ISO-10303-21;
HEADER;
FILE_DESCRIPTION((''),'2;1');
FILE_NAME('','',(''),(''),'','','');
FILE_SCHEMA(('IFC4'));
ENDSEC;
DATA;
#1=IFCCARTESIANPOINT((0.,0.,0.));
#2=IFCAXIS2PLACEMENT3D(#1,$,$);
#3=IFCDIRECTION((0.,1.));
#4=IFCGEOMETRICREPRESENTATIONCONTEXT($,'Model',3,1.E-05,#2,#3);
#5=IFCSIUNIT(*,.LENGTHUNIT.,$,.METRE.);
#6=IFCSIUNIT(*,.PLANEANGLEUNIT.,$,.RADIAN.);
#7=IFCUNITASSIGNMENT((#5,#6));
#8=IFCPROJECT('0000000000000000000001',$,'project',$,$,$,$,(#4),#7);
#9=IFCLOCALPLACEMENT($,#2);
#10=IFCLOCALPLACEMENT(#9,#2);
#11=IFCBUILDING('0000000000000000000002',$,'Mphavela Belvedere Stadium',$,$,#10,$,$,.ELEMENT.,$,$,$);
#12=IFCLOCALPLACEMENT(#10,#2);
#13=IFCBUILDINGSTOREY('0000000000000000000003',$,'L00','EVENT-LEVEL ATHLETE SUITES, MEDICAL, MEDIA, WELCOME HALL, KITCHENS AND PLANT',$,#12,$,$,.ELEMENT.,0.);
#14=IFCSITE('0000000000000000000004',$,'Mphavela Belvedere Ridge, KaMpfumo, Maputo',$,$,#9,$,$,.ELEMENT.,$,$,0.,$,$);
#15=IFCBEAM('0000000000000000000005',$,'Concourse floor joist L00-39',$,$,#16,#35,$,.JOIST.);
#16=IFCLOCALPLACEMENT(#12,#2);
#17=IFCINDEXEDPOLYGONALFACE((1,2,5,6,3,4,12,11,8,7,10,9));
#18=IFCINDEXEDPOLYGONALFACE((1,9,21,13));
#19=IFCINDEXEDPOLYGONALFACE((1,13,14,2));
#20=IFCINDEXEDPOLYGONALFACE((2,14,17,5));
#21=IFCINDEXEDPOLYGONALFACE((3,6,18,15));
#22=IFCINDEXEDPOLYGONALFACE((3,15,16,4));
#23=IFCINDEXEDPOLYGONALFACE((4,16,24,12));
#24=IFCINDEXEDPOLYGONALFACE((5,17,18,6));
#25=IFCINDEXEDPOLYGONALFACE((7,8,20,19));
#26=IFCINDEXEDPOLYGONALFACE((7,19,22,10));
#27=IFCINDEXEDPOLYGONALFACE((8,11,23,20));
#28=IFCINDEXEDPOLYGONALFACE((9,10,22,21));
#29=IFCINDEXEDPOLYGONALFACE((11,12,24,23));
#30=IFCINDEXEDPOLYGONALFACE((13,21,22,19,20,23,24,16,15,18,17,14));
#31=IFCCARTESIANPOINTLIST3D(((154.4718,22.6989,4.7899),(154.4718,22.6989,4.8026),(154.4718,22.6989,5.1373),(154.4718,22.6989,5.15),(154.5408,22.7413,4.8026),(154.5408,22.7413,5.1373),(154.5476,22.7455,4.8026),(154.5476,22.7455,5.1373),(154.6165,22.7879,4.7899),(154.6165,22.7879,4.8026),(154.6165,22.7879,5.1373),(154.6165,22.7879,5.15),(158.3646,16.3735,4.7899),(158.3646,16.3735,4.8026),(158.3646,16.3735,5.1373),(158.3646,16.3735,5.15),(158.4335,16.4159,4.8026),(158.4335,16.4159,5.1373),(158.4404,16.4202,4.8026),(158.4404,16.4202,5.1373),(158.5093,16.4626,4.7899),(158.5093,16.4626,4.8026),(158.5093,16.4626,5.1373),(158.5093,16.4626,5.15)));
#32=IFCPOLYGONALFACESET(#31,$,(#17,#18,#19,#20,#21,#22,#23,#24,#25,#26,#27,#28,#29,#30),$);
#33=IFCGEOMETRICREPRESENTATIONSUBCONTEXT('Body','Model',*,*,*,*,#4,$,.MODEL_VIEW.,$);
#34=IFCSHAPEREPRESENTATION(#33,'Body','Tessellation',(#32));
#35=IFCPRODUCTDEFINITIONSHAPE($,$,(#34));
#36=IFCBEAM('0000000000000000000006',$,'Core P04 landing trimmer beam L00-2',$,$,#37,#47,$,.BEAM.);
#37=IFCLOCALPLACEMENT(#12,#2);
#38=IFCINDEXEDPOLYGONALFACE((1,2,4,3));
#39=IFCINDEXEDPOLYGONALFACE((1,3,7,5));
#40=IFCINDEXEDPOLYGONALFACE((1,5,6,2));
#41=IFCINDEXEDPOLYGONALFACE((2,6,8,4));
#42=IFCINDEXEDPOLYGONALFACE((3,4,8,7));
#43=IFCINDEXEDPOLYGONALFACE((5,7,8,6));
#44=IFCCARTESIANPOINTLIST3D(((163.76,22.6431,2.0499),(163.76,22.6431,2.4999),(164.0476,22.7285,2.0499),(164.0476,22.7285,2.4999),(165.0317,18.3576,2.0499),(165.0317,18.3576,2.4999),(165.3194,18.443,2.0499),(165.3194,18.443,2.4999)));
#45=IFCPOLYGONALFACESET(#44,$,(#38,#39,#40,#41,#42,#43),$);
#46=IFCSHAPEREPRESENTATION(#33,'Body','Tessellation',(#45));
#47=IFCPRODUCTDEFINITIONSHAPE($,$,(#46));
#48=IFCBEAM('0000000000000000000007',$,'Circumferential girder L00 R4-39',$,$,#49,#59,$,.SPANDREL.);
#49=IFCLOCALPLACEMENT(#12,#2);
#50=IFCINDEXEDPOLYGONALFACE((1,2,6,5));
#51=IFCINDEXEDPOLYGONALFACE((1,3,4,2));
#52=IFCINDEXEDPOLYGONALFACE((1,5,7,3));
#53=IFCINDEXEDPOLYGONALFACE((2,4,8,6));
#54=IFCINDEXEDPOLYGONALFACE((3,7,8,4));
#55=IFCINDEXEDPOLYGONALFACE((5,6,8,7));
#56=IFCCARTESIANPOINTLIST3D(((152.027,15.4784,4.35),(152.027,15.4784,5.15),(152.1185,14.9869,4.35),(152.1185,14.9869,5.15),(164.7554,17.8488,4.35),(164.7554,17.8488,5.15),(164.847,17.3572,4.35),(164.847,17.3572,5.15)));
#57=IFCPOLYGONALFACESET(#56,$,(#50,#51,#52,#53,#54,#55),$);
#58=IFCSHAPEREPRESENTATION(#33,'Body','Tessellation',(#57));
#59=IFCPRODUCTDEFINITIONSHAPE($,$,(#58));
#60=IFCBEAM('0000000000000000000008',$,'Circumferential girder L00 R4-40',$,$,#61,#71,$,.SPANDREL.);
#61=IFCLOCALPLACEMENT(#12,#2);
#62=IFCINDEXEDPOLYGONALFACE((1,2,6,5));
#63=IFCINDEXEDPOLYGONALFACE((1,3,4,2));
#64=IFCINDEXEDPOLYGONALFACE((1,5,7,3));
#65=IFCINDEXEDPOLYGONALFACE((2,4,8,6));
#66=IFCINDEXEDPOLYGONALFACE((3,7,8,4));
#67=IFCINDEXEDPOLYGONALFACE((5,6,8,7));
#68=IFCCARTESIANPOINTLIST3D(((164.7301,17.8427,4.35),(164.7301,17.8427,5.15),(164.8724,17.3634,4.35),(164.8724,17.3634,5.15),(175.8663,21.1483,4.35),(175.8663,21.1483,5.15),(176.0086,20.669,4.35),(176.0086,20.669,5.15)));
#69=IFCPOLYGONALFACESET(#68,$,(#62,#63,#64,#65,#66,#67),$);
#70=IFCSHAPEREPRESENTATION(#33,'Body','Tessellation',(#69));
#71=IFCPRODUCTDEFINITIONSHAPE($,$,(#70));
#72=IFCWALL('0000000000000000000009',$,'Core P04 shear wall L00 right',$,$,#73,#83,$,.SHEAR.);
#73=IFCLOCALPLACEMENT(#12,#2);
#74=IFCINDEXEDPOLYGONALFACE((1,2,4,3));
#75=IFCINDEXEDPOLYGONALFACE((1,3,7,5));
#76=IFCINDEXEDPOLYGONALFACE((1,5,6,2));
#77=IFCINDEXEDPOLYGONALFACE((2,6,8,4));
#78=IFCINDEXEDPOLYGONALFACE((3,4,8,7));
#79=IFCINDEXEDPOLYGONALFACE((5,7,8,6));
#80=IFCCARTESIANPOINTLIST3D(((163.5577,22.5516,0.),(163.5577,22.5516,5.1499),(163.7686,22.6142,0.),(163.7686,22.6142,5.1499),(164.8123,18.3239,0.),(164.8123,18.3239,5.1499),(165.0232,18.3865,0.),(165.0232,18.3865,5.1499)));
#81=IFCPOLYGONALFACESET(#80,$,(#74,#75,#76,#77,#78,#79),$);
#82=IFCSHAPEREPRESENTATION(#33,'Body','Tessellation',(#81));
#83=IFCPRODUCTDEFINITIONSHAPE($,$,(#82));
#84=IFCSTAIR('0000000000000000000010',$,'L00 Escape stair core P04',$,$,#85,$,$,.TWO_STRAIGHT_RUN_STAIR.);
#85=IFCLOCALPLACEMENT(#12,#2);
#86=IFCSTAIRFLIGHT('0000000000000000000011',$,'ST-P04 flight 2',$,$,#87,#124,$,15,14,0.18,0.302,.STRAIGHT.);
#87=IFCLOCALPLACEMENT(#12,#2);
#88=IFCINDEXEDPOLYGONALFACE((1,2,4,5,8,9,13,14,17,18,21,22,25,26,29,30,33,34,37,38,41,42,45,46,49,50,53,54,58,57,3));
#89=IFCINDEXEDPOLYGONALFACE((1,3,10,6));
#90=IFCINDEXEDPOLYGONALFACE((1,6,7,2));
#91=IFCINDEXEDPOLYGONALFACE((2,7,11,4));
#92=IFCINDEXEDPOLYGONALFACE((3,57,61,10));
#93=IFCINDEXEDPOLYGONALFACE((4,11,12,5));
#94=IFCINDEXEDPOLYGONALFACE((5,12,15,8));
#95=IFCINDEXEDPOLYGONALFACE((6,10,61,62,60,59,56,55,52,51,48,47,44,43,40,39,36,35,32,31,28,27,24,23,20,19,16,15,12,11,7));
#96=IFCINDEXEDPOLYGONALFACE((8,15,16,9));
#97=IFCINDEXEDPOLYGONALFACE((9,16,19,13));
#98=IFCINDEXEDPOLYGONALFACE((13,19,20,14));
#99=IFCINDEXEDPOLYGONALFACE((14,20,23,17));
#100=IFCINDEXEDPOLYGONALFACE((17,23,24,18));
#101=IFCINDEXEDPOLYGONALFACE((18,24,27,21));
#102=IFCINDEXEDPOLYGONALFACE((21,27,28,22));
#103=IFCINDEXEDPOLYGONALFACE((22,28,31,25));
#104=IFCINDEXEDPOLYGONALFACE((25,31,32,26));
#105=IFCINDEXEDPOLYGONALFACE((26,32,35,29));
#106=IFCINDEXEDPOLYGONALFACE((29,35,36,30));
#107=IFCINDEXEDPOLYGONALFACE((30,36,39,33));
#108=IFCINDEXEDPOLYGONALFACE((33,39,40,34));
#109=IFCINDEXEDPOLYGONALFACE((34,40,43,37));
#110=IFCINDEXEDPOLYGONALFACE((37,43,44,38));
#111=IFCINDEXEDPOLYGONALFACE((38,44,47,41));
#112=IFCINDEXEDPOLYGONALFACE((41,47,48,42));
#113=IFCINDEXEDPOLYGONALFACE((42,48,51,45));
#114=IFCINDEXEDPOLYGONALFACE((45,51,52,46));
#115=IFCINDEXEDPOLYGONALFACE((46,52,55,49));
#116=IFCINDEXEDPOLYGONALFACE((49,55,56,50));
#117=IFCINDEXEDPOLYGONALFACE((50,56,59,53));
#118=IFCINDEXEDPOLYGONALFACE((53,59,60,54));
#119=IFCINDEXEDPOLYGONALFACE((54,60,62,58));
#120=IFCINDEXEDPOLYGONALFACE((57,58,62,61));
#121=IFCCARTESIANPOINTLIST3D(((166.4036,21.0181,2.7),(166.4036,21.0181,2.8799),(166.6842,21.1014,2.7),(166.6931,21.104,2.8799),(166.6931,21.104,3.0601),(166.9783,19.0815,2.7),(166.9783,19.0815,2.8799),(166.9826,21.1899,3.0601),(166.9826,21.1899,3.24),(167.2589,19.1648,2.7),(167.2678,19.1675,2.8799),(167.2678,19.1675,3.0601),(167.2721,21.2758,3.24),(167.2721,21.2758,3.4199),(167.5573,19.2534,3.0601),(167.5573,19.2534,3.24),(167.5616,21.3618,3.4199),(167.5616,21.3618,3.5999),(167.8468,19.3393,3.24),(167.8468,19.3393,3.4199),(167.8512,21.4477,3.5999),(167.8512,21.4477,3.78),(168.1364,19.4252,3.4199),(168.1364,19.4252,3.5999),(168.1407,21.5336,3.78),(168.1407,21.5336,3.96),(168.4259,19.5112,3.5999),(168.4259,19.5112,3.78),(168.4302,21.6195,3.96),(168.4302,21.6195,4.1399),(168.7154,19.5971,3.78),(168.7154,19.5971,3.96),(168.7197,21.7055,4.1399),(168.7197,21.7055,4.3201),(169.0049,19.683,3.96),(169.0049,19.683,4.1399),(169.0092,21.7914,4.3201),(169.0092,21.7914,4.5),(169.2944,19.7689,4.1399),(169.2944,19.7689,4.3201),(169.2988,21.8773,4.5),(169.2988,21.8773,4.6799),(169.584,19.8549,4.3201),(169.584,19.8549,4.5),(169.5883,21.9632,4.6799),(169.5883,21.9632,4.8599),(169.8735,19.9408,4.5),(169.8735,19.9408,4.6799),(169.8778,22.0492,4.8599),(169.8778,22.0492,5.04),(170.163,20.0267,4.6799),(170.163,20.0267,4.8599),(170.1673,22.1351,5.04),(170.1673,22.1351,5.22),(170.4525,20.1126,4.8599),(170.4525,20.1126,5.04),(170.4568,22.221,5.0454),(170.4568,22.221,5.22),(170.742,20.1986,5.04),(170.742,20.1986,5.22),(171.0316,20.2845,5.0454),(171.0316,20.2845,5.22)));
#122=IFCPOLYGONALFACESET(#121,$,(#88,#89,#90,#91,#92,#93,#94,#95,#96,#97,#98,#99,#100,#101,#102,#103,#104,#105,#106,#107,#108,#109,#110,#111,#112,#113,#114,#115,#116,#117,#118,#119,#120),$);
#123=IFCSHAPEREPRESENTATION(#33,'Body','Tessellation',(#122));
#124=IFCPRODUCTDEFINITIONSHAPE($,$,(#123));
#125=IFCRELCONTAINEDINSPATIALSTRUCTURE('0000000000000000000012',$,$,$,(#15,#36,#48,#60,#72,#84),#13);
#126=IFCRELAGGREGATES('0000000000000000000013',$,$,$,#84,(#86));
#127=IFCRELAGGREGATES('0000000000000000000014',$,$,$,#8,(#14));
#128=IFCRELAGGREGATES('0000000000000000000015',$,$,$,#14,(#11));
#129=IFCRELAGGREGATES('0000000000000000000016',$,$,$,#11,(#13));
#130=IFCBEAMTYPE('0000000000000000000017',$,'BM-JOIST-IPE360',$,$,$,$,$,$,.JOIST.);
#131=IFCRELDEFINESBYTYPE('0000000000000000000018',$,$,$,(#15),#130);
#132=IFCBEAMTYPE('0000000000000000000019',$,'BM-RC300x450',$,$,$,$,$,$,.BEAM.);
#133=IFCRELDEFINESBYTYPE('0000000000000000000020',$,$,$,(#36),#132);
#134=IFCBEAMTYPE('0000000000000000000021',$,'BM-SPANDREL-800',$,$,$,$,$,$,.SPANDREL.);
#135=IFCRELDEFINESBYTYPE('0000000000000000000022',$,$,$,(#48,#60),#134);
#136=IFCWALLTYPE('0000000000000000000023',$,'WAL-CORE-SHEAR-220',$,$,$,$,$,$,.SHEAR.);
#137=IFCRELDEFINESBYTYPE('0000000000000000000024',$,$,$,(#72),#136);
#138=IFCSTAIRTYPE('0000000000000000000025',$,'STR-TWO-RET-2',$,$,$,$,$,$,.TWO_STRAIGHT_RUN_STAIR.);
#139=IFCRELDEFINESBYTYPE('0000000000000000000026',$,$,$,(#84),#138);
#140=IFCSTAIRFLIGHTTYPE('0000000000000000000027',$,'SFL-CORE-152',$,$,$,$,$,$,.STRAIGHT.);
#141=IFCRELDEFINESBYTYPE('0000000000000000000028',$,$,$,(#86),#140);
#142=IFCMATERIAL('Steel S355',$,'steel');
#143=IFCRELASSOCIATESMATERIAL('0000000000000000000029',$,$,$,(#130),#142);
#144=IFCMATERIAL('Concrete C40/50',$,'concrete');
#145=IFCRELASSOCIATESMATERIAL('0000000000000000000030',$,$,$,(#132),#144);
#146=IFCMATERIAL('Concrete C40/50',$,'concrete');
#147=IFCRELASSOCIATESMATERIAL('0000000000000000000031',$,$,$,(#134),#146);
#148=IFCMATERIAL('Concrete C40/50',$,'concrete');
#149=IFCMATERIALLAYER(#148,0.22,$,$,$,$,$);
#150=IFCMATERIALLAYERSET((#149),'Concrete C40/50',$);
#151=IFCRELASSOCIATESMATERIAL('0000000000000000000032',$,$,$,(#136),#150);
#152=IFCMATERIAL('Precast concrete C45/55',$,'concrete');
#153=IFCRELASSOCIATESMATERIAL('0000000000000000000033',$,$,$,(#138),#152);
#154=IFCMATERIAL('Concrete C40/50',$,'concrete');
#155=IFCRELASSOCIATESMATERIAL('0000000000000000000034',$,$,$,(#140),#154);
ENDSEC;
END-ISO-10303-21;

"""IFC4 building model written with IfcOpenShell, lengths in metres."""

from ifc_helpers import new_model, si_unit, direction, frame, frame_2d, origin, origin_2d, place, context, subcontext, project, spatial, polyline, rectangle, i_section, outline, extrude, material, layer, layer_set, material_profile, profile_set, type_object, element, aggregate, save


model = new_model("IFC4")

# Units and contexts
model_context = context("Model", 3, precision=1e-05, world=origin(), true_north=direction((0.0, 1.0)))
body_context = subcontext(model_context, "Body", "Model", "MODEL_VIEW")
ifc_project = project(units=[si_unit("LENGTHUNIT", "METRE"), si_unit("PLANEANGLEUNIT", "RADIAN")], contexts=[model_context])

# Site, building, storey
site_placement = place(None, origin())
site = spatial("IfcSite", under=ifc_project, at=site_placement, Name="Mphavela Belvedere Ridge, KaMpfumo, Maputo", CompositionType="ELEMENT", RefElevation=0.0)
building_placement = place(site_placement, origin())
building = spatial("IfcBuilding", under=site, at=building_placement, Name="Mphavela Belvedere Stadium", CompositionType="ELEMENT")
storey_placement = place(building_placement, origin())
storey = spatial("IfcBuildingStorey", under=building, at=storey_placement, Name="L00", Description="EVENT-LEVEL ATHLETE SUITES, MEDICAL, MEDIA, WELCOME HALL, KITCHENS AND PLANT", CompositionType="ELEMENT", Elevation=0.0)

# Beams
ifc_material_1 = material(Name="Steel S355", Category="steel")
ifc_material_profile_1 = material_profile(ifc_material_1, i_section(OverallWidth=0.1699, OverallDepth=0.3601, WebThickness=0.0081, FlangeThickness=0.0127, at=origin_2d()), Name="IPE 360")
ifc_profile_set_1 = profile_set([ifc_material_profile_1], Name="Steel S355")
beam_type_1 = type_object("IfcBeamType", Name="BM-JOIST-IPE360", PredefinedType="JOIST", material=ifc_profile_set_1)
beam_1_placement = place(storey_placement, frame((154.5442, 22.7434, 4.97), z_axis=(0.524121, -0.851644, 0.0), x_axis=(0.851644, 0.524121, 0.0)))
element("IfcBeam", 1, at=beam_1_placement, inside=storey, type_object=beam_type_1, Name="Concourse floor joist L00-39", PredefinedType="JOIST", context=body_context, shape_type="SweptSolid", body=[
    extrude(i_section(OverallWidth=0.1699, OverallDepth=0.3601, WebThickness=0.0081, FlangeThickness=0.0127, at=origin_2d()), origin(), (0.0, 0.0, 1.0), 7.4272),
])
ifc_material_2 = material(Name="Concrete C40/50", Category="concrete")
ifc_material_profile_2 = material_profile(ifc_material_2, rectangle(XDim=0.3, YDim=0.45, at=origin_2d()), Name="RC 300x450")
ifc_profile_set_2 = profile_set([ifc_material_profile_2], Name="Concrete C40/50")
beam_type_2 = type_object("IfcBeamType", Name="BM-RC300x450", PredefinedType="BEAM", material=ifc_profile_set_2)
beam_2_placement = place(storey_placement, frame((163.9038, 22.6858, 2.2749), z_axis=(0.284496, -0.958677, 0.0), x_axis=(0.958677, 0.284496, 0.0)))
element("IfcBeam", 2, at=beam_2_placement, inside=storey, type_object=beam_type_2, Name="Core P04 landing trimmer beam L00-2", PredefinedType="BEAM", context=body_context, shape_type="SweptSolid", body=[
    extrude(rectangle(XDim=0.3, YDim=0.45, at=origin_2d()), origin(), (0.0, 0.0, 1.0), 4.4702),
])
ifc_material_3 = material(Name="Concrete C40/50", Category="concrete")
ifc_material_profile_3 = material_profile(ifc_material_3, rectangle(XDim=0.5, YDim=0.8, at=origin_2d()), Name="RC 500x800")
ifc_profile_set_3 = profile_set([ifc_material_profile_3], Name="Concrete C40/50")
beam_type_3 = type_object("IfcBeamType", Name="BM-SPANDREL-800", PredefinedType="SPANDREL", material=ifc_profile_set_3)
beam_3_placement = place(storey_placement, frame((152.0728, 15.2327, 4.75), z_axis=(0.983099, 0.183077, 0.0), x_axis=(-0.183077, 0.983099, 0.0)))
element("IfcBeam", 3, at=beam_3_placement, inside=storey, type_object=beam_type_3, Name="Circumferential girder L00 R4-39", PredefinedType="SPANDREL", context=body_context, shape_type="SweptSolid", body=[
    extrude(rectangle(XDim=0.5, YDim=0.8, at=origin_2d()), origin(), (0.0, 0.0, 1.0), 12.9473),
])
beam_4_placement = place(storey_placement, frame((164.8013, 17.603, 4.75), z_axis=(0.958656, 0.284566, 0.0), x_axis=(-0.284566, 0.958656, 0.0)))
element("IfcBeam", 4, at=beam_4_placement, inside=storey, type_object=beam_type_3, Name="Circumferential girder L00 R4-40", PredefinedType="SPANDREL", context=body_context, shape_type="SweptSolid", body=[
    extrude(rectangle(XDim=0.5, YDim=0.8, at=origin_2d()), origin(), (0.0, 0.0, 1.0), 11.6165),
])

# Wall
ifc_material_4 = material(Name="Concrete C40/50", Category="concrete")
ifc_layer_1 = layer(ifc_material_4, 0.22)
ifc_layer_set_1 = layer_set([ifc_layer_1], Name="Concrete C40/50")
wall_type_1 = type_object("IfcWallType", Name="WAL-CORE-SHEAR-220", PredefinedType="SHEAR", material=ifc_layer_set_1)
wall_1_placement = place(storey_placement, frame((163.6631, 22.583, 0.0), z_axis=(0.0, 0.0, 1.0), x_axis=(0.284497, -0.958677, 0.0)))
element("IfcWall", 5, at=wall_1_placement, inside=storey, type_object=wall_type_1, Name="Core P04 shear wall L00 right", PredefinedType="SHEAR", context=body_context, shape_type="SweptSolid", body=[
    extrude(rectangle(XDim=4.4099, YDim=0.22, at=frame_2d((2.2051, 0.0))), origin(), (0.0, 0.0, 1.0), 5.1499),
])

# Stair, stair flight
ifc_material_5 = material(Name="Precast concrete C45/55", Category="concrete")
stair_type = type_object("IfcStairType", Name="STR-TWO-RET-2", PredefinedType="TWO_STRAIGHT_RUN_STAIR", material=ifc_material_5)
stair_placement = place(storey_placement, origin())
stair = element("IfcStair", 6, at=stair_placement, inside=storey, type_object=stair_type, Name="L00 Escape stair core P04", PredefinedType="TWO_STRAIGHT_RUN_STAIR")
ifc_material_6 = material(Name="Concrete C40/50", Category="concrete")
stair_flight_type = type_object("IfcStairFlightType", Name="SFL-CORE-152", PredefinedType="STRAIGHT", material=ifc_material_6)
stair_flight_placement = place(storey_placement, frame((166.6909, 20.0498, 2.7), z_axis=(0.0, 0.0, 1.0), x_axis=(0.958671, 0.284517, 0.0)))
stair_flight = element("IfcStairFlight", 7, at=stair_flight_placement, type_object=stair_flight_type, Name="ST-P04 flight 2", NumberOfRisers=15, NumberOfTreads=14, PredefinedType="STRAIGHT", RiserHeight=0.18, TreadLength=0.302, context=body_context, shape_type="SweptSolid", body=[
    extrude(outline(polyline([(0.0, 0.0), (0.0, 0.1799), (0.302, 0.1799), (0.302, 0.3601), (0.604, 0.3601), (0.604, 0.54), (0.906, 0.54), (0.906, 0.72), (1.208, 0.72), (1.208, 0.8999), (1.51, 0.8999), (1.51, 1.0801), (1.812, 1.0801), (1.812, 1.26), (2.114, 1.26), (2.114, 1.4399), (2.416, 1.4399), (2.416, 1.6201), (2.718, 1.6201), (2.718, 1.8), (3.02, 1.8), (3.02, 1.98), (3.322, 1.98), (3.322, 2.1599), (3.624, 2.1599), (3.624, 2.3401), (3.926, 2.3401), (3.926, 2.52), (4.228, 2.52), (4.228, 2.7), (4.228, 2.3455), (0.2927, 0.0), (0.0, 0.0)])), frame((0.0, 1.01, 0.0), z_axis=(0.0, -1.0, 0.0), x_axis=(1.0, 0.0, 0.0)), (0.0, 0.0, 1.0), 2.02),
])
aggregate(stair, [stair_flight])

save(model, "model.ifc")
